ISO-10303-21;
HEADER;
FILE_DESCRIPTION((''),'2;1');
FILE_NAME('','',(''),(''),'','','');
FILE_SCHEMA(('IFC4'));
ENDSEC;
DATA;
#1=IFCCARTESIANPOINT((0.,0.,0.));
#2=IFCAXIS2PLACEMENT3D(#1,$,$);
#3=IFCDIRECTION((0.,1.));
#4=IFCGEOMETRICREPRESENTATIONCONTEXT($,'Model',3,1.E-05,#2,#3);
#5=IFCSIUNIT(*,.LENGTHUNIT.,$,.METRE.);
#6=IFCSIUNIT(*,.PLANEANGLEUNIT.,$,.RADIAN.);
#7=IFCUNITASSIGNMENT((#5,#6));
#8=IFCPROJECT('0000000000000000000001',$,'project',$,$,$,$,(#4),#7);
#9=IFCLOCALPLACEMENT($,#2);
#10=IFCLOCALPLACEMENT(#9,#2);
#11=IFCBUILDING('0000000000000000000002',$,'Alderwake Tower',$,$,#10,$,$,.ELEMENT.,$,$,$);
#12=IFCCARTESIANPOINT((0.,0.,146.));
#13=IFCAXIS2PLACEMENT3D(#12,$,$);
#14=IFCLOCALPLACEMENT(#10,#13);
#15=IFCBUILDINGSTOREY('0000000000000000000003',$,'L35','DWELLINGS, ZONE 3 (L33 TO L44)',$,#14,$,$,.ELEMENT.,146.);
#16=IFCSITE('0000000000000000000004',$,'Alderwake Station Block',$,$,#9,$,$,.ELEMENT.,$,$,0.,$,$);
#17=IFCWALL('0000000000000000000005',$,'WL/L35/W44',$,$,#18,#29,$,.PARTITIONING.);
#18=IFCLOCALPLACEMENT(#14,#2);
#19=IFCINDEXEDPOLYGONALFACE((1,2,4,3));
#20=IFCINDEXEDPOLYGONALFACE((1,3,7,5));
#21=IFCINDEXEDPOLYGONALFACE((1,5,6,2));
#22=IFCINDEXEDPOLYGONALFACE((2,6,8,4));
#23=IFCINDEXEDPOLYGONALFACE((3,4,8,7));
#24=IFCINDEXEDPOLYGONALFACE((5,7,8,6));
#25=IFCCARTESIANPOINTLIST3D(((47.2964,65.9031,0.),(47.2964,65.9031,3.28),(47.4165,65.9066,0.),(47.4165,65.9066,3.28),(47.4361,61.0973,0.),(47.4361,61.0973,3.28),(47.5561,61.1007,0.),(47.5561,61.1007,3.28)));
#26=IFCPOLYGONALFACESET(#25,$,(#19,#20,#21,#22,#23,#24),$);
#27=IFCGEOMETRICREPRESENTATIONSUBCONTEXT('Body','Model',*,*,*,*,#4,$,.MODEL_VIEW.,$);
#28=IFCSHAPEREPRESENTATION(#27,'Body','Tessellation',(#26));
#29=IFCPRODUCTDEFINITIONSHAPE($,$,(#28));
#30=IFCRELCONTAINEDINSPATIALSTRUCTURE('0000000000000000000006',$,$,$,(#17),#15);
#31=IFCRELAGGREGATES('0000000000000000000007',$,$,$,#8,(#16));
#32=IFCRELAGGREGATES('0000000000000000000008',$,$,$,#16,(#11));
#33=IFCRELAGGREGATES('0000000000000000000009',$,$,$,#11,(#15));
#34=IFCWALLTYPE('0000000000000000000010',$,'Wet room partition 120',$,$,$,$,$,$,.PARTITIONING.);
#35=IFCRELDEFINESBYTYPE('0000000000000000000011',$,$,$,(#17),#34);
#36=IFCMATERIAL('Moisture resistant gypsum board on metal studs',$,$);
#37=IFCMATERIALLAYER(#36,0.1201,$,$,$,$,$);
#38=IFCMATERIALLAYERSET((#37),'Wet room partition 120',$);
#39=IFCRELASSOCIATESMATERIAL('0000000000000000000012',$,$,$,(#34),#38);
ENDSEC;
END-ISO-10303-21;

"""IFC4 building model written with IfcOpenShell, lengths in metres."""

from ifc_helpers import new_model, si_unit, direction, frame, frame_2d, origin, place, context, subcontext, project, spatial, rectangle, extrude, material, layer, layer_set, type_object, element, save


model = new_model("IFC4")

# Units and contexts
model_context = context("Model", 3, precision=1e-05, world=origin(), true_north=direction((0.0, 1.0)))
body_context = subcontext(model_context, "Body", "Model", "MODEL_VIEW")
ifc_project = project(units=[si_unit("LENGTHUNIT", "METRE"), si_unit("PLANEANGLEUNIT", "RADIAN")], contexts=[model_context])

# Site, building, storey
site_placement = place(None, origin())
site = spatial("IfcSite", under=ifc_project, at=site_placement, Name="Alderwake Station Block", CompositionType="ELEMENT", RefElevation=0.0)
building_placement = place(site_placement, origin())
building = spatial("IfcBuilding", under=site, at=building_placement, Name="Alderwake Tower", CompositionType="ELEMENT")
storey_placement = place(building_placement, frame((0.0, 0.0, 146.0)))
storey = spatial("IfcBuildingStorey", under=building, at=storey_placement, Name="L35", Description="DWELLINGS, ZONE 3 (L33 TO L44)", CompositionType="ELEMENT", Elevation=146.0)

# Shared definitions
ifc_material_1 = material(Name="Moisture resistant gypsum board on metal studs")
ifc_layer_1 = layer(ifc_material_1, 0.1201)
ifc_layer_set_1 = layer_set([ifc_layer_1], Name="Wet room partition 120")
wall_type_1 = type_object("IfcWallType", Name="Wet room partition 120", PredefinedType="PARTITIONING", material=ifc_layer_set_1)

# Wall
wall_1_placement = place(storey_placement, frame((47.4961, 61.0991, 0.0), z_axis=(0.0, 0.0, 1.0), x_axis=(-0.029045, 0.999578, 0.0)))
element("IfcWall", 1, at=wall_1_placement, inside=storey, type_object=wall_type_1, Name="WL/L35/W44", PredefinedType="PARTITIONING", context=body_context, shape_type="SweptSolid", body=[
    extrude(rectangle(XDim=4.8079, YDim=0.1201, at=frame_2d((2.4038, 0.0))), origin(), (0.0, 0.0, 1.0), 3.28),
])

save(model, "model.ifc")
